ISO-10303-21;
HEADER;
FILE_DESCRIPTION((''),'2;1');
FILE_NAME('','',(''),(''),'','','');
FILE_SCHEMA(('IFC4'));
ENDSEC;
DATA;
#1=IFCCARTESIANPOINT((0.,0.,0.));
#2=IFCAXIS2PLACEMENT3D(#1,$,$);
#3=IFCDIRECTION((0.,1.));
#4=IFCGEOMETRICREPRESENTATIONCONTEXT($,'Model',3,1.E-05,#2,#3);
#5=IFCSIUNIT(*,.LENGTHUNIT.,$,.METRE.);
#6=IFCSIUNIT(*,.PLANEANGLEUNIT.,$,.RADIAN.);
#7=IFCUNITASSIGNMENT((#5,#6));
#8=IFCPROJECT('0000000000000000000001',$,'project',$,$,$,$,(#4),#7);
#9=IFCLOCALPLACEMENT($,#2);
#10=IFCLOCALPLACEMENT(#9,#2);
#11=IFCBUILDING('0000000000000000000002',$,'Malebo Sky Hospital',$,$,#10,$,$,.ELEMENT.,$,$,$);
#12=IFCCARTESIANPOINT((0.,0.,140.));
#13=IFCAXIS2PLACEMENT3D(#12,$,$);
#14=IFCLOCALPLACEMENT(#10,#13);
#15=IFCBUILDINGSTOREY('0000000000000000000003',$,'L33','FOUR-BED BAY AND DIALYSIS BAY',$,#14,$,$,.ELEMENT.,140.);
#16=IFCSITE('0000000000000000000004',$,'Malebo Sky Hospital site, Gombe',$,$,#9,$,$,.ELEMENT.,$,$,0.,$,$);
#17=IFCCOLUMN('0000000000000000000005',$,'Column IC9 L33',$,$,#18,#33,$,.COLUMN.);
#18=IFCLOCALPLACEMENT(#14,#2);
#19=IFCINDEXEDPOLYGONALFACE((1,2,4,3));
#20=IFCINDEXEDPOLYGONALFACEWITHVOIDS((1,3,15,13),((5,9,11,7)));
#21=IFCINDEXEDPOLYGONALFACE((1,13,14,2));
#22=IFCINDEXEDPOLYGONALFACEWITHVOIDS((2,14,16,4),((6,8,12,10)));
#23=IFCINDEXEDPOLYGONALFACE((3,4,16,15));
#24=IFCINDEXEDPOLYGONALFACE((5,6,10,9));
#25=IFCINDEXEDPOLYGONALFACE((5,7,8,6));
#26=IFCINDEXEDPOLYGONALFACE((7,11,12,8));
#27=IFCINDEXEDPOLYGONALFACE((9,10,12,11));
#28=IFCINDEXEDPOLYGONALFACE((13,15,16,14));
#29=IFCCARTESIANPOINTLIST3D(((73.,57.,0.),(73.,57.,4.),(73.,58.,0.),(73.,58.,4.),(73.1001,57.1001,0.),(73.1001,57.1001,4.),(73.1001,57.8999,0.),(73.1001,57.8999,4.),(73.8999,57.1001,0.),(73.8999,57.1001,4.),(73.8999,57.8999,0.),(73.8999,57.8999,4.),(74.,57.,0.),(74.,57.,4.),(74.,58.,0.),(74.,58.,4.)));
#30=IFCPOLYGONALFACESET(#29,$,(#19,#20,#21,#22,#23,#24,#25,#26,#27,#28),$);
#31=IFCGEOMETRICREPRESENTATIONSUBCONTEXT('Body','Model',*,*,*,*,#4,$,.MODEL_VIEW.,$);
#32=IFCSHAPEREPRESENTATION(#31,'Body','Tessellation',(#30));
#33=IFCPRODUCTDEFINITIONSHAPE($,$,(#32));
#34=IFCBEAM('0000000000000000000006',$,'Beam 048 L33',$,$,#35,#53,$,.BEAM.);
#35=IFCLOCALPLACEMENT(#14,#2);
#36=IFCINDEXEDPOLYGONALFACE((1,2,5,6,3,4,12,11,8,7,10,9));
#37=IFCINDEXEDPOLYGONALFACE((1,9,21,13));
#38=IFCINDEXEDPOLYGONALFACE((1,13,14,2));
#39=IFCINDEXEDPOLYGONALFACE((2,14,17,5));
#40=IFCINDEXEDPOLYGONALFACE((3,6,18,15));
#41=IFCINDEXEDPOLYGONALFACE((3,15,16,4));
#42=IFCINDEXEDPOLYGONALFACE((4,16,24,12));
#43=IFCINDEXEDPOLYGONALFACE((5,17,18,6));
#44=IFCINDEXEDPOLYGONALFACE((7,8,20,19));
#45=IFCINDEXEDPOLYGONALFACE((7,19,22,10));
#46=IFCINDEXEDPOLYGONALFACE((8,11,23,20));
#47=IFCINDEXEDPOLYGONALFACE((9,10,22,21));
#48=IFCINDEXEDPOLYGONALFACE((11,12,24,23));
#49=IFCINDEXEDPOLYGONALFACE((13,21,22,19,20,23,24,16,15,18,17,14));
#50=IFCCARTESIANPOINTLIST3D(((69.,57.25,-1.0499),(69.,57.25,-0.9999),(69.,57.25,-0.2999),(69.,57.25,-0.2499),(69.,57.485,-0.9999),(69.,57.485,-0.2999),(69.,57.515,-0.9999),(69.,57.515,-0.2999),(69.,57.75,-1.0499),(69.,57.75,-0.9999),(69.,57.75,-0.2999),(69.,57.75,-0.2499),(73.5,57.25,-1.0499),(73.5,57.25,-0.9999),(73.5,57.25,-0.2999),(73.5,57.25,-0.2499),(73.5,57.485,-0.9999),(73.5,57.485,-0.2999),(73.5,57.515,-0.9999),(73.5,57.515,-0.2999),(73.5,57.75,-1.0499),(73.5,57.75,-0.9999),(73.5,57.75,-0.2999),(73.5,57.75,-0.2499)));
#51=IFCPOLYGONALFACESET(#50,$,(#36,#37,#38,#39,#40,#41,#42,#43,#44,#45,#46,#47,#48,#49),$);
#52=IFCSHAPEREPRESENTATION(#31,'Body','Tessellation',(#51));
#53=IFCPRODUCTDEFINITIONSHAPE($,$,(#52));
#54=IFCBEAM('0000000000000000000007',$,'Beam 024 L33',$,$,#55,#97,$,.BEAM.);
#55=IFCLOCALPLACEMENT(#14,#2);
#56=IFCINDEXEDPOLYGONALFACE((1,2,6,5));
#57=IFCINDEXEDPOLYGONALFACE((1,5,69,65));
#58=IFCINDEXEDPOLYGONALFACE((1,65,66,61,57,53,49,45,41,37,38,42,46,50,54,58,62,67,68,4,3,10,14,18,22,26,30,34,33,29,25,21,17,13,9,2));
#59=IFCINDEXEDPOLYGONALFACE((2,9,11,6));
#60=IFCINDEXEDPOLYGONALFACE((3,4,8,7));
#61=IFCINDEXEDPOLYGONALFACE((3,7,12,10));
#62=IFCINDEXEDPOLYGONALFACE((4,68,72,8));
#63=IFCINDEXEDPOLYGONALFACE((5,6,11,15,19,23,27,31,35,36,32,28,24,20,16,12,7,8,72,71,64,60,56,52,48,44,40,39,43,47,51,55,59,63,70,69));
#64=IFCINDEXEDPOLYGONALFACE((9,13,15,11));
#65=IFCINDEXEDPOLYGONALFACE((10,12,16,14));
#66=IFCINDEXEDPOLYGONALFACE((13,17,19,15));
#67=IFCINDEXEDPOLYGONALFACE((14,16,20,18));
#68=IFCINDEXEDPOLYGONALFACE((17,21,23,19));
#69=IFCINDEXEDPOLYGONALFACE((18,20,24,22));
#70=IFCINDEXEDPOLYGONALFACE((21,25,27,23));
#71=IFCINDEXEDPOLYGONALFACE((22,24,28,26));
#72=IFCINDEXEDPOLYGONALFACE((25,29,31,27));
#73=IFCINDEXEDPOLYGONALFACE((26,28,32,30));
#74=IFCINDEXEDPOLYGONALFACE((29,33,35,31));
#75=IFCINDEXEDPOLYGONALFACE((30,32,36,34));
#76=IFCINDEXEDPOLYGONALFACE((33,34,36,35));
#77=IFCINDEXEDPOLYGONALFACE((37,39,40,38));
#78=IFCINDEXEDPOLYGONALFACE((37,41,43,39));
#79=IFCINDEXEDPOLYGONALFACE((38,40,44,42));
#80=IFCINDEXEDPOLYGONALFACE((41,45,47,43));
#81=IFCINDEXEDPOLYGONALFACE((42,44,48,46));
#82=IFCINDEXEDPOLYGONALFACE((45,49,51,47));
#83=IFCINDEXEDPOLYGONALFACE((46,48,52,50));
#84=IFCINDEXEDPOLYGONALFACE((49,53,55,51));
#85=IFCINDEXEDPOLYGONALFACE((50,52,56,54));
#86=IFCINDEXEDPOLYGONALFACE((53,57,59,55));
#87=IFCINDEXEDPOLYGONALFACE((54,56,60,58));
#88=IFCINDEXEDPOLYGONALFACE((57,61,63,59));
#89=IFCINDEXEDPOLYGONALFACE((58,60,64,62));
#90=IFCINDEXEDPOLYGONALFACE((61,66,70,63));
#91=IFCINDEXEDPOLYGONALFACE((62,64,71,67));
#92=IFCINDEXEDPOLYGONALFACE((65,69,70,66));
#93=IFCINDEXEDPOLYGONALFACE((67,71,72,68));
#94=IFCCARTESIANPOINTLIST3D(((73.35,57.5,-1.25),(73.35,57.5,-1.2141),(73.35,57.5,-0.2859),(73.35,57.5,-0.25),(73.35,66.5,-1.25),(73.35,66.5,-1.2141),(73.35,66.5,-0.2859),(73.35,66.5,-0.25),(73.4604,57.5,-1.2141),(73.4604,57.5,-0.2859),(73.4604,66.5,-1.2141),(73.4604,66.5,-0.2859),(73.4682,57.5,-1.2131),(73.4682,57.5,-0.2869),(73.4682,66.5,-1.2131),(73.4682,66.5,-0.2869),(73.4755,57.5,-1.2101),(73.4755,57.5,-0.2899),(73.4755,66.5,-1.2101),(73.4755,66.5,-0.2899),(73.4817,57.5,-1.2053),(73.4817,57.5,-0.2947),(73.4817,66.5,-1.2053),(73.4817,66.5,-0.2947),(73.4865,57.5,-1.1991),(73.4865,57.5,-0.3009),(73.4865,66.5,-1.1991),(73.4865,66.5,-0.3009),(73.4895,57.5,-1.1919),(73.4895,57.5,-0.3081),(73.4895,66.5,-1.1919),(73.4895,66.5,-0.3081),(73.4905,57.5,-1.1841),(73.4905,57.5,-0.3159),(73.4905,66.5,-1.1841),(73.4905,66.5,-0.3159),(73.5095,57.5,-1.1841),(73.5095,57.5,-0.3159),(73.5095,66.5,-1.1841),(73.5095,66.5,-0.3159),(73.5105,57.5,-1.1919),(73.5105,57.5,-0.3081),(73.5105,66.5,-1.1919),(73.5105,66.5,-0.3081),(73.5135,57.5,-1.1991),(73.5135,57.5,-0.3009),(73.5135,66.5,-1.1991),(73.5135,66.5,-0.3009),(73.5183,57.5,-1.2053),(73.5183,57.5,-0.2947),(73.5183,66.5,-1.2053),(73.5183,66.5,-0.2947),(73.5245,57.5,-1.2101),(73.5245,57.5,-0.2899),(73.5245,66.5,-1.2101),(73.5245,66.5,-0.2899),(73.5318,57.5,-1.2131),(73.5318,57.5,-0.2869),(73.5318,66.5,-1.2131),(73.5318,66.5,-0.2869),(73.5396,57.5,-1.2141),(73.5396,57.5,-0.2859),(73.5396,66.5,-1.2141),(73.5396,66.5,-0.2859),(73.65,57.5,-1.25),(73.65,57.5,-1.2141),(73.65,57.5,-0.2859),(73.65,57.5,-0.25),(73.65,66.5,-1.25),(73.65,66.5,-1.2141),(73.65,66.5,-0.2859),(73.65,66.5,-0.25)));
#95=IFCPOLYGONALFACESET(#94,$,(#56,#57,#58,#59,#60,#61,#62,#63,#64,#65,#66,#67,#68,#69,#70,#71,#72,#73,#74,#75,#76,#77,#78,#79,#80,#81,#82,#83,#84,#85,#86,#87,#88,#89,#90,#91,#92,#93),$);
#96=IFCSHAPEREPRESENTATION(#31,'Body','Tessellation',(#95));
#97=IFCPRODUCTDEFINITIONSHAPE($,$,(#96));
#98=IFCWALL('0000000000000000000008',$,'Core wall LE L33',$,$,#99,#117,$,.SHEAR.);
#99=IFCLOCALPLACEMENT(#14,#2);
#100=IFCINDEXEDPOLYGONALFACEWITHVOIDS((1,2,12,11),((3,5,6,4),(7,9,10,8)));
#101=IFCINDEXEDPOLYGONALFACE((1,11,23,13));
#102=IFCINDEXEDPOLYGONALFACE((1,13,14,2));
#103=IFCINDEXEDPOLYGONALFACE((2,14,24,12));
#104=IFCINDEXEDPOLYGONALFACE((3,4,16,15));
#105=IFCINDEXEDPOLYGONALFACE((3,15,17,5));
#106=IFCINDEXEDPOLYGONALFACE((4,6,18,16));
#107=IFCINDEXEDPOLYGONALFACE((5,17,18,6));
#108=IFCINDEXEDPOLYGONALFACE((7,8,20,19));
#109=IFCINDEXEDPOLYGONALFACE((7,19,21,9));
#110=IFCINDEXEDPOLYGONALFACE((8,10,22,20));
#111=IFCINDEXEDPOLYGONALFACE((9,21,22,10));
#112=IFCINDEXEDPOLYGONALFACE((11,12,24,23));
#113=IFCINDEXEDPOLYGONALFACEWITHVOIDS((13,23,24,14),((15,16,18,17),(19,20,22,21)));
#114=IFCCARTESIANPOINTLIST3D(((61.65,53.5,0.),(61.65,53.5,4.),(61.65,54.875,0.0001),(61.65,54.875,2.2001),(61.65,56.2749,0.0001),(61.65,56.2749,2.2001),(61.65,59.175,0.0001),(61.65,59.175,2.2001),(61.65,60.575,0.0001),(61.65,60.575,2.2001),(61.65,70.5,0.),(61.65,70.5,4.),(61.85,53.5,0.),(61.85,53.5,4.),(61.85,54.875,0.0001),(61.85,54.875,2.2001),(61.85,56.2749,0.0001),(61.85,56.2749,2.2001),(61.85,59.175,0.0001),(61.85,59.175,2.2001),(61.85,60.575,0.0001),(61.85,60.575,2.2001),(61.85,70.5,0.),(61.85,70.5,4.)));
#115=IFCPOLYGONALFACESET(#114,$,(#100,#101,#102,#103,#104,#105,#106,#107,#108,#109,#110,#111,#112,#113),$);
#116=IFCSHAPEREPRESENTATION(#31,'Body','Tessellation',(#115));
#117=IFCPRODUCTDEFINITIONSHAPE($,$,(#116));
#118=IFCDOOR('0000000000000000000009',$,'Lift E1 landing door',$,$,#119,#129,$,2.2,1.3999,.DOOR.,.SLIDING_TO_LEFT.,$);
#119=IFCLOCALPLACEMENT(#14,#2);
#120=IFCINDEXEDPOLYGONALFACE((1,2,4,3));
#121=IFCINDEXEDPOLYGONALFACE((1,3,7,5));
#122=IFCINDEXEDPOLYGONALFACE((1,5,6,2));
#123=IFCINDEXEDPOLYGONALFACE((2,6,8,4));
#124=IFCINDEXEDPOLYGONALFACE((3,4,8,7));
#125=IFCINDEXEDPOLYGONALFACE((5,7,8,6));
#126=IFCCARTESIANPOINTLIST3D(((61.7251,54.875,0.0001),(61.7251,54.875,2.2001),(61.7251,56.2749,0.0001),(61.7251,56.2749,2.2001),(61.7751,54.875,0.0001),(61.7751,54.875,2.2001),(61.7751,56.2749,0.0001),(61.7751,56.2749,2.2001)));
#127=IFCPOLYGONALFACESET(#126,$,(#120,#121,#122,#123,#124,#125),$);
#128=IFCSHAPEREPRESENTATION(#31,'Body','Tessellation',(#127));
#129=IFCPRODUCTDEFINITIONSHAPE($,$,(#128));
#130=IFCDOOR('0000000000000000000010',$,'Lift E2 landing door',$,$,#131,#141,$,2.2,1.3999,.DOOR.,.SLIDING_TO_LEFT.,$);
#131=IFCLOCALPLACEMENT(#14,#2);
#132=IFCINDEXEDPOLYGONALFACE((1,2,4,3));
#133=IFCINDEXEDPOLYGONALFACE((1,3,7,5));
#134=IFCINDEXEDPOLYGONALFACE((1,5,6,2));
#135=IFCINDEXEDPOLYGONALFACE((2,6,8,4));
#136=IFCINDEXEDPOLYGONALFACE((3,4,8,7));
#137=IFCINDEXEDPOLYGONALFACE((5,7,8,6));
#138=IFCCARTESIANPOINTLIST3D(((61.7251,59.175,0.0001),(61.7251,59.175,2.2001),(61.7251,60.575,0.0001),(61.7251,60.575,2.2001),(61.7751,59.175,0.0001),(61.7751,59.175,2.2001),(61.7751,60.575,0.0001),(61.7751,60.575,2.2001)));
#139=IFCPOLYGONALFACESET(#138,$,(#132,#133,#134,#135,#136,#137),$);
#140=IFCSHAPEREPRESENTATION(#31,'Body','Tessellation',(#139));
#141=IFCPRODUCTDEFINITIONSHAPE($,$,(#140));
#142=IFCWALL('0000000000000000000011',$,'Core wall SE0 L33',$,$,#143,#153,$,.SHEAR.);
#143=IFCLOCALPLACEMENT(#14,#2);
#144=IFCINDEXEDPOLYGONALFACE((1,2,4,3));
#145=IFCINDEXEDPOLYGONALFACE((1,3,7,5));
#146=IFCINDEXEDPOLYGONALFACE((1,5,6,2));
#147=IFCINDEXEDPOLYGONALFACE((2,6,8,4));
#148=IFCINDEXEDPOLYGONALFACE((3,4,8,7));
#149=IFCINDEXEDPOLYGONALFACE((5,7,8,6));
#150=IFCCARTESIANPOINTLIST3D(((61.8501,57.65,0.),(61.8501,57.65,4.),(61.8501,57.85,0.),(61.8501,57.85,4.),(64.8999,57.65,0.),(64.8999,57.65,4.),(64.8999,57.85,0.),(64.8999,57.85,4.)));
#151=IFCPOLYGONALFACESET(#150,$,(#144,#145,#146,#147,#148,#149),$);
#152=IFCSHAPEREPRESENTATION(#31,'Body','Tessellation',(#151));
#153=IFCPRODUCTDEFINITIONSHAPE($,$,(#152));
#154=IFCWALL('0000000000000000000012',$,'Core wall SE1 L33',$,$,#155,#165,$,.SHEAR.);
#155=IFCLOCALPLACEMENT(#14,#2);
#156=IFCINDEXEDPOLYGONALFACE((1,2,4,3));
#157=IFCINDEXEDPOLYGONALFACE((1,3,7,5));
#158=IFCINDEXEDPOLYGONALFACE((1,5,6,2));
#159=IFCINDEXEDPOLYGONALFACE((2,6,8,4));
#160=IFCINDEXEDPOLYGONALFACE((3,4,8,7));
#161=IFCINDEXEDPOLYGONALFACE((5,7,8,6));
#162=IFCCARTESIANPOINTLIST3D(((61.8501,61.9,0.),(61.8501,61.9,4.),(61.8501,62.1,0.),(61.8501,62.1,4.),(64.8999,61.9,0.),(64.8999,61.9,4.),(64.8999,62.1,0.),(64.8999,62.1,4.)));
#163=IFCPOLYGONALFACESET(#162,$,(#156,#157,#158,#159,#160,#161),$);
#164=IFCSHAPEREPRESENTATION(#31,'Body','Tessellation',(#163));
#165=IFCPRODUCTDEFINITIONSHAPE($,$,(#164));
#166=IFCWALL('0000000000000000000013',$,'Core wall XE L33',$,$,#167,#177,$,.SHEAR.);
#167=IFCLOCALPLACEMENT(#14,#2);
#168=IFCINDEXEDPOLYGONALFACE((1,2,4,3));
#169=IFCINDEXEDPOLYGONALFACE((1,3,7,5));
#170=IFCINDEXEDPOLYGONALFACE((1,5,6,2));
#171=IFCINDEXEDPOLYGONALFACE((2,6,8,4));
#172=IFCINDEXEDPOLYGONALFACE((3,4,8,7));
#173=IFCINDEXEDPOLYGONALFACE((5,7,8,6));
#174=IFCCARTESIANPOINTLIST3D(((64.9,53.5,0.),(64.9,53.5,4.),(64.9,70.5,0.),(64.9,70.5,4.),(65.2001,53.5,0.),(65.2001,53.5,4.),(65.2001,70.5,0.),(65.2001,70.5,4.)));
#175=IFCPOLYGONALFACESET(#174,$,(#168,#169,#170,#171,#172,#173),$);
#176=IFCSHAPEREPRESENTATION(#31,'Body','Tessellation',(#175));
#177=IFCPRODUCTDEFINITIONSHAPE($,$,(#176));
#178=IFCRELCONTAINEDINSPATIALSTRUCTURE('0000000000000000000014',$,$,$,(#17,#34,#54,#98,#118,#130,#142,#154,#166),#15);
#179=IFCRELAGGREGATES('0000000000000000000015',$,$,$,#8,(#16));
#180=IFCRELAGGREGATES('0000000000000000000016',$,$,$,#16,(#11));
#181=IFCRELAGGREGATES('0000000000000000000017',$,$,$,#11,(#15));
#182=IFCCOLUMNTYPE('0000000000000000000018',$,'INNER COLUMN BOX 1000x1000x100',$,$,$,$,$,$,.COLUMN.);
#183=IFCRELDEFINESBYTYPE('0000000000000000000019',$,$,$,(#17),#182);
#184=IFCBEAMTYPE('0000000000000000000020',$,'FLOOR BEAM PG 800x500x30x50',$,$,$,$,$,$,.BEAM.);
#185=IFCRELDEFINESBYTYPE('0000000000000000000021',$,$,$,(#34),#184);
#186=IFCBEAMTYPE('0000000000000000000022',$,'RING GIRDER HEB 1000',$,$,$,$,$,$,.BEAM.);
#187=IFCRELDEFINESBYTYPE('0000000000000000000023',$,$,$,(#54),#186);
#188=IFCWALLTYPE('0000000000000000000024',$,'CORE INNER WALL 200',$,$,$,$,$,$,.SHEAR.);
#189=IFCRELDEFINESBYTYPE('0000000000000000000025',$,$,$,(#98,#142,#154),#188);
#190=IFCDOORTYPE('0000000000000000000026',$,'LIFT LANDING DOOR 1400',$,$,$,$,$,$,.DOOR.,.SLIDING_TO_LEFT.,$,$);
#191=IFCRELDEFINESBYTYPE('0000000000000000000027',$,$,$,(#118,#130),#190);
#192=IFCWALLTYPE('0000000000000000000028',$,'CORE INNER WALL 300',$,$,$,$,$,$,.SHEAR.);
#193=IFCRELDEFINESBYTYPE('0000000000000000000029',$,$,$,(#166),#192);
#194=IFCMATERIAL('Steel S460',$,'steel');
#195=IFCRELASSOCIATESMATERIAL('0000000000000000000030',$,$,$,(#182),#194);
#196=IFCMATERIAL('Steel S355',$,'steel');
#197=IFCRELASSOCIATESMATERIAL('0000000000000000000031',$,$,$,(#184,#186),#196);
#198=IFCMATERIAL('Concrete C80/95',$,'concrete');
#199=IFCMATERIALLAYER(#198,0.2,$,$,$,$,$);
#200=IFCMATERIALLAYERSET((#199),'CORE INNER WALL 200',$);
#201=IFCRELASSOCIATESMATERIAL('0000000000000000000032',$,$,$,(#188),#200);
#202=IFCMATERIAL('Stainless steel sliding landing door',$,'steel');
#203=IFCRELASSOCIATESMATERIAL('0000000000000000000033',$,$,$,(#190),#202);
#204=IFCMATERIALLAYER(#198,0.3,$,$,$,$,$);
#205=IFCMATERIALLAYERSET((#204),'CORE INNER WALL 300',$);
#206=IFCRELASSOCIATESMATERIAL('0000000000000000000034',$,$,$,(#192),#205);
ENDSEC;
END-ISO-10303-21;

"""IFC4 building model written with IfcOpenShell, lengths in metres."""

from ifc_helpers import new_model, si_unit, direction, frame, frame_2d, origin, origin_2d, place, context, subcontext, project, spatial, rectangle, hollow_rectangle, i_section, extrude, material, layer, layer_set, material_profile, profile_set, type_object, element, fill, save


model = new_model("IFC4")

# Units and contexts
model_context = context("Model", 3, precision=1e-05, world=origin(), true_north=direction((0.0, 1.0)))
body_context = subcontext(model_context, "Body", "Model", "MODEL_VIEW")
ifc_project = project(units=[si_unit("LENGTHUNIT", "METRE"), si_unit("PLANEANGLEUNIT", "RADIAN")], contexts=[model_context])

# Site, building, storey
site_placement = place(None, origin())
site = spatial("IfcSite", under=ifc_project, at=site_placement, Name="Malebo Sky Hospital site, Gombe", CompositionType="ELEMENT", RefElevation=0.0)
building_placement = place(site_placement, origin())
building = spatial("IfcBuilding", under=site, at=building_placement, Name="Malebo Sky Hospital", CompositionType="ELEMENT")
storey_placement = place(building_placement, frame((0.0, 0.0, 140.0)))
storey = spatial("IfcBuildingStorey", under=building, at=storey_placement, Name="L33", Description="FOUR-BED BAY AND DIALYSIS BAY", CompositionType="ELEMENT", Elevation=140.0)

# Column
ifc_material_1 = material(Name="Steel S460", Category="steel")
ifc_material_profile_1 = material_profile(ifc_material_1, hollow_rectangle(XDim=1.0, YDim=1.0, WallThickness=0.1001, at=origin_2d()), Name="BOX 1000x1000x100")
ifc_profile_set_1 = profile_set([ifc_material_profile_1], Name="Steel S460")
column_type = type_object("IfcColumnType", Name="INNER COLUMN BOX 1000x1000x100", PredefinedType="COLUMN", material=ifc_profile_set_1)
column_placement = place(storey_placement, frame((73.5, 57.5, 0.0), z_axis=(0.0, 0.0, 1.0), x_axis=(1.0, 0.0, 0.0)))
element("IfcColumn", 1, at=column_placement, inside=storey, type_object=column_type, Name="Column IC9 L33", PredefinedType="COLUMN", context=body_context, shape_type="SweptSolid", body=[
    extrude(hollow_rectangle(XDim=1.0, YDim=1.0, WallThickness=0.1001, at=origin_2d()), origin(), (0.0, 0.0, 1.0), 4.0),
])

# Beams
ifc_material_2 = material(Name="Steel S355", Category="steel")
ifc_material_profile_2 = material_profile(ifc_material_2, i_section(OverallWidth=0.5, OverallDepth=0.8, WebThickness=0.03, FlangeThickness=0.05, at=origin_2d()), Name="PG 800x500x30x50")
ifc_profile_set_2 = profile_set([ifc_material_profile_2], Name="Steel S355")
beam_type_1 = type_object("IfcBeamType", Name="FLOOR BEAM PG 800x500x30x50", PredefinedType="BEAM", material=ifc_profile_set_2)
beam_1_placement = place(storey_placement, frame((69.0, 57.5, -0.6499), z_axis=(1.0, 0.0, 0.0), x_axis=(0.0, 1.0, 0.0)))
element("IfcBeam", 2, at=beam_1_placement, inside=storey, type_object=beam_type_1, Name="Beam 048 L33", PredefinedType="BEAM", context=body_context, shape_type="SweptSolid", body=[
    extrude(i_section(OverallWidth=0.5, OverallDepth=0.8, WebThickness=0.03, FlangeThickness=0.05, at=origin_2d()), origin(), (0.0, 0.0, 1.0), 4.5),
])
ifc_material_profile_3 = material_profile(ifc_material_2, i_section(OverallWidth=0.3, OverallDepth=1.0, WebThickness=0.019, FlangeThickness=0.0359, FilletRadius=0.03, at=origin_2d()), Name="HEB 1000")
ifc_profile_set_3 = profile_set([ifc_material_profile_3], Name="Steel S355")
beam_type_2 = type_object("IfcBeamType", Name="RING GIRDER HEB 1000", PredefinedType="BEAM", material=ifc_profile_set_3)
beam_2_placement = place(storey_placement, frame((73.5, 57.5, -0.75), z_axis=(0.0, 1.0, 0.0), x_axis=(-1.0, 0.0, 0.0)))
element("IfcBeam", 3, at=beam_2_placement, inside=storey, type_object=beam_type_2, Name="Beam 024 L33", PredefinedType="BEAM", context=body_context, shape_type="SweptSolid", body=[
    extrude(i_section(OverallWidth=0.3, OverallDepth=1.0, WebThickness=0.019, FlangeThickness=0.0359, FilletRadius=0.03, at=origin_2d()), origin(), (0.0, 0.0, 1.0), 9.0),
])

# Wall, openings, doors
ifc_material_3 = material(Name="Concrete C80/95", Category="concrete")
ifc_layer_1 = layer(ifc_material_3, 0.2)
ifc_layer_set_1 = layer_set([ifc_layer_1], Name="CORE INNER WALL 200")
wall_type_1 = type_object("IfcWallType", Name="CORE INNER WALL 200", PredefinedType="SHEAR", material=ifc_layer_set_1)
wall_1_placement = place(storey_placement, frame((61.75, 53.5, 0.0), z_axis=(0.0, 0.0, 1.0), x_axis=(0.0, 1.0, 0.0)))
wall_1 = element("IfcWall", 4, at=wall_1_placement, inside=storey, type_object=wall_type_1, Name="Core wall LE L33", PredefinedType="SHEAR", context=body_context, shape_type="SweptSolid", body=[
    extrude(rectangle(XDim=17.0, YDim=0.2, at=frame_2d((8.5, 0.0))), origin(), (0.0, 0.0, 1.0), 4.0),
])
opening_1_placement = place(wall_1_placement, frame((1.375, 0.0, 0.0)))
opening_1 = element("IfcOpeningElement", 5, at=opening_1_placement, cuts=wall_1, PredefinedType="OPENING", context=body_context, shape_type="SweptSolid", body=[
    extrude(rectangle(XDim=1.3999, YDim=2.2, at=frame_2d((0.7, 1.1001))), frame((0.0, 0.1099, 0.0), z_axis=(0.0, -1.0, 0.0), x_axis=(1.0, 0.0, 0.0)), (0.0, 0.0, 1.0), 0.22),
])
opening_2_placement = place(wall_1_placement, frame((5.675, 0.0, 0.0)))
opening_2 = element("IfcOpeningElement", 6, at=opening_2_placement, cuts=wall_1, PredefinedType="OPENING", context=body_context, shape_type="SweptSolid", body=[
    extrude(rectangle(XDim=1.3999, YDim=2.2, at=frame_2d((0.7, 1.1001))), frame((0.0, 0.1099, 0.0), z_axis=(0.0, -1.0, 0.0), x_axis=(1.0, 0.0, 0.0)), (0.0, 0.0, 1.0), 0.22),
])
ifc_material_4 = material(Name="Stainless steel sliding landing door", Category="steel")
door_type_1 = type_object("IfcDoorType", Name="LIFT LANDING DOOR 1400", OperationType="SLIDING_TO_LEFT", PredefinedType="DOOR", material=ifc_material_4)
door_1_placement = place(opening_1_placement, origin())
door_1 = element("IfcDoor", 7, at=door_1_placement, inside=storey, type_object=door_type_1, Name="Lift E1 landing door", OperationType="SLIDING_TO_LEFT", OverallHeight=2.2, OverallWidth=1.3999, PredefinedType="DOOR", context=body_context, shape_type="SweptSolid", body=[
    extrude(rectangle(XDim=1.3999, YDim=2.2, at=frame_2d((0.7, 1.1001))), frame((0.0, 0.0249, 0.0), z_axis=(0.0, -1.0, 0.0), x_axis=(1.0, 0.0, 0.0)), (0.0, 0.0, 1.0), 0.05),
])
fill(opening_1, door_1)
door_2_placement = place(opening_2_placement, origin())
door_2 = element("IfcDoor", 8, at=door_2_placement, inside=storey, type_object=door_type_1, Name="Lift E2 landing door", OperationType="SLIDING_TO_LEFT", OverallHeight=2.2, OverallWidth=1.3999, PredefinedType="DOOR", context=body_context, shape_type="SweptSolid", body=[
    extrude(rectangle(XDim=1.3999, YDim=2.2, at=frame_2d((0.7, 1.1001))), frame((0.0, 0.0249, 0.0), z_axis=(0.0, -1.0, 0.0), x_axis=(1.0, 0.0, 0.0)), (0.0, 0.0, 1.0), 0.05),
])
fill(opening_2, door_2)

# Walls
for number, where, z_axis, x_axis, name in (
    (9, (61.8501, 57.75, 0.0), (0.0, 0.0, 1.0), (1.0, 0.0, 0.0), "Core wall SE0 L33"),
    (10, (61.8501, 62.0, 0.0), (0.0, 0.0, 1.0), (1.0, 0.0, 0.0), "Core wall SE1 L33"),
):
    element("IfcWall", number, at=place(storey_placement, frame(where, z_axis=z_axis, x_axis=x_axis)), inside=storey, type_object=wall_type_1, Name=name, PredefinedType="SHEAR", context=body_context, shape_type="SweptSolid", body=[
        extrude(rectangle(XDim=3.0498, YDim=0.2, at=frame_2d((1.5249, 0.0))), origin(), (0.0, 0.0, 1.0), 4.0),
    ])
ifc_layer_2 = layer(ifc_material_3, 0.3)
ifc_layer_set_2 = layer_set([ifc_layer_2], Name="CORE INNER WALL 300")
wall_type_2 = type_object("IfcWallType", Name="CORE INNER WALL 300", PredefinedType="SHEAR", material=ifc_layer_set_2)
wall_2_placement = place(storey_placement, frame((65.05, 53.5, 0.0), z_axis=(0.0, 0.0, 1.0), x_axis=(0.0, 1.0, 0.0)))
element("IfcWall", 11, at=wall_2_placement, inside=storey, type_object=wall_type_2, Name="Core wall XE L33", PredefinedType="SHEAR", context=body_context, shape_type="SweptSolid", body=[
    extrude(rectangle(XDim=17.0, YDim=0.3, at=frame_2d((8.5, 0.0))), origin(), (0.0, 0.0, 1.0), 4.0),
])

save(model, "model.ifc")
